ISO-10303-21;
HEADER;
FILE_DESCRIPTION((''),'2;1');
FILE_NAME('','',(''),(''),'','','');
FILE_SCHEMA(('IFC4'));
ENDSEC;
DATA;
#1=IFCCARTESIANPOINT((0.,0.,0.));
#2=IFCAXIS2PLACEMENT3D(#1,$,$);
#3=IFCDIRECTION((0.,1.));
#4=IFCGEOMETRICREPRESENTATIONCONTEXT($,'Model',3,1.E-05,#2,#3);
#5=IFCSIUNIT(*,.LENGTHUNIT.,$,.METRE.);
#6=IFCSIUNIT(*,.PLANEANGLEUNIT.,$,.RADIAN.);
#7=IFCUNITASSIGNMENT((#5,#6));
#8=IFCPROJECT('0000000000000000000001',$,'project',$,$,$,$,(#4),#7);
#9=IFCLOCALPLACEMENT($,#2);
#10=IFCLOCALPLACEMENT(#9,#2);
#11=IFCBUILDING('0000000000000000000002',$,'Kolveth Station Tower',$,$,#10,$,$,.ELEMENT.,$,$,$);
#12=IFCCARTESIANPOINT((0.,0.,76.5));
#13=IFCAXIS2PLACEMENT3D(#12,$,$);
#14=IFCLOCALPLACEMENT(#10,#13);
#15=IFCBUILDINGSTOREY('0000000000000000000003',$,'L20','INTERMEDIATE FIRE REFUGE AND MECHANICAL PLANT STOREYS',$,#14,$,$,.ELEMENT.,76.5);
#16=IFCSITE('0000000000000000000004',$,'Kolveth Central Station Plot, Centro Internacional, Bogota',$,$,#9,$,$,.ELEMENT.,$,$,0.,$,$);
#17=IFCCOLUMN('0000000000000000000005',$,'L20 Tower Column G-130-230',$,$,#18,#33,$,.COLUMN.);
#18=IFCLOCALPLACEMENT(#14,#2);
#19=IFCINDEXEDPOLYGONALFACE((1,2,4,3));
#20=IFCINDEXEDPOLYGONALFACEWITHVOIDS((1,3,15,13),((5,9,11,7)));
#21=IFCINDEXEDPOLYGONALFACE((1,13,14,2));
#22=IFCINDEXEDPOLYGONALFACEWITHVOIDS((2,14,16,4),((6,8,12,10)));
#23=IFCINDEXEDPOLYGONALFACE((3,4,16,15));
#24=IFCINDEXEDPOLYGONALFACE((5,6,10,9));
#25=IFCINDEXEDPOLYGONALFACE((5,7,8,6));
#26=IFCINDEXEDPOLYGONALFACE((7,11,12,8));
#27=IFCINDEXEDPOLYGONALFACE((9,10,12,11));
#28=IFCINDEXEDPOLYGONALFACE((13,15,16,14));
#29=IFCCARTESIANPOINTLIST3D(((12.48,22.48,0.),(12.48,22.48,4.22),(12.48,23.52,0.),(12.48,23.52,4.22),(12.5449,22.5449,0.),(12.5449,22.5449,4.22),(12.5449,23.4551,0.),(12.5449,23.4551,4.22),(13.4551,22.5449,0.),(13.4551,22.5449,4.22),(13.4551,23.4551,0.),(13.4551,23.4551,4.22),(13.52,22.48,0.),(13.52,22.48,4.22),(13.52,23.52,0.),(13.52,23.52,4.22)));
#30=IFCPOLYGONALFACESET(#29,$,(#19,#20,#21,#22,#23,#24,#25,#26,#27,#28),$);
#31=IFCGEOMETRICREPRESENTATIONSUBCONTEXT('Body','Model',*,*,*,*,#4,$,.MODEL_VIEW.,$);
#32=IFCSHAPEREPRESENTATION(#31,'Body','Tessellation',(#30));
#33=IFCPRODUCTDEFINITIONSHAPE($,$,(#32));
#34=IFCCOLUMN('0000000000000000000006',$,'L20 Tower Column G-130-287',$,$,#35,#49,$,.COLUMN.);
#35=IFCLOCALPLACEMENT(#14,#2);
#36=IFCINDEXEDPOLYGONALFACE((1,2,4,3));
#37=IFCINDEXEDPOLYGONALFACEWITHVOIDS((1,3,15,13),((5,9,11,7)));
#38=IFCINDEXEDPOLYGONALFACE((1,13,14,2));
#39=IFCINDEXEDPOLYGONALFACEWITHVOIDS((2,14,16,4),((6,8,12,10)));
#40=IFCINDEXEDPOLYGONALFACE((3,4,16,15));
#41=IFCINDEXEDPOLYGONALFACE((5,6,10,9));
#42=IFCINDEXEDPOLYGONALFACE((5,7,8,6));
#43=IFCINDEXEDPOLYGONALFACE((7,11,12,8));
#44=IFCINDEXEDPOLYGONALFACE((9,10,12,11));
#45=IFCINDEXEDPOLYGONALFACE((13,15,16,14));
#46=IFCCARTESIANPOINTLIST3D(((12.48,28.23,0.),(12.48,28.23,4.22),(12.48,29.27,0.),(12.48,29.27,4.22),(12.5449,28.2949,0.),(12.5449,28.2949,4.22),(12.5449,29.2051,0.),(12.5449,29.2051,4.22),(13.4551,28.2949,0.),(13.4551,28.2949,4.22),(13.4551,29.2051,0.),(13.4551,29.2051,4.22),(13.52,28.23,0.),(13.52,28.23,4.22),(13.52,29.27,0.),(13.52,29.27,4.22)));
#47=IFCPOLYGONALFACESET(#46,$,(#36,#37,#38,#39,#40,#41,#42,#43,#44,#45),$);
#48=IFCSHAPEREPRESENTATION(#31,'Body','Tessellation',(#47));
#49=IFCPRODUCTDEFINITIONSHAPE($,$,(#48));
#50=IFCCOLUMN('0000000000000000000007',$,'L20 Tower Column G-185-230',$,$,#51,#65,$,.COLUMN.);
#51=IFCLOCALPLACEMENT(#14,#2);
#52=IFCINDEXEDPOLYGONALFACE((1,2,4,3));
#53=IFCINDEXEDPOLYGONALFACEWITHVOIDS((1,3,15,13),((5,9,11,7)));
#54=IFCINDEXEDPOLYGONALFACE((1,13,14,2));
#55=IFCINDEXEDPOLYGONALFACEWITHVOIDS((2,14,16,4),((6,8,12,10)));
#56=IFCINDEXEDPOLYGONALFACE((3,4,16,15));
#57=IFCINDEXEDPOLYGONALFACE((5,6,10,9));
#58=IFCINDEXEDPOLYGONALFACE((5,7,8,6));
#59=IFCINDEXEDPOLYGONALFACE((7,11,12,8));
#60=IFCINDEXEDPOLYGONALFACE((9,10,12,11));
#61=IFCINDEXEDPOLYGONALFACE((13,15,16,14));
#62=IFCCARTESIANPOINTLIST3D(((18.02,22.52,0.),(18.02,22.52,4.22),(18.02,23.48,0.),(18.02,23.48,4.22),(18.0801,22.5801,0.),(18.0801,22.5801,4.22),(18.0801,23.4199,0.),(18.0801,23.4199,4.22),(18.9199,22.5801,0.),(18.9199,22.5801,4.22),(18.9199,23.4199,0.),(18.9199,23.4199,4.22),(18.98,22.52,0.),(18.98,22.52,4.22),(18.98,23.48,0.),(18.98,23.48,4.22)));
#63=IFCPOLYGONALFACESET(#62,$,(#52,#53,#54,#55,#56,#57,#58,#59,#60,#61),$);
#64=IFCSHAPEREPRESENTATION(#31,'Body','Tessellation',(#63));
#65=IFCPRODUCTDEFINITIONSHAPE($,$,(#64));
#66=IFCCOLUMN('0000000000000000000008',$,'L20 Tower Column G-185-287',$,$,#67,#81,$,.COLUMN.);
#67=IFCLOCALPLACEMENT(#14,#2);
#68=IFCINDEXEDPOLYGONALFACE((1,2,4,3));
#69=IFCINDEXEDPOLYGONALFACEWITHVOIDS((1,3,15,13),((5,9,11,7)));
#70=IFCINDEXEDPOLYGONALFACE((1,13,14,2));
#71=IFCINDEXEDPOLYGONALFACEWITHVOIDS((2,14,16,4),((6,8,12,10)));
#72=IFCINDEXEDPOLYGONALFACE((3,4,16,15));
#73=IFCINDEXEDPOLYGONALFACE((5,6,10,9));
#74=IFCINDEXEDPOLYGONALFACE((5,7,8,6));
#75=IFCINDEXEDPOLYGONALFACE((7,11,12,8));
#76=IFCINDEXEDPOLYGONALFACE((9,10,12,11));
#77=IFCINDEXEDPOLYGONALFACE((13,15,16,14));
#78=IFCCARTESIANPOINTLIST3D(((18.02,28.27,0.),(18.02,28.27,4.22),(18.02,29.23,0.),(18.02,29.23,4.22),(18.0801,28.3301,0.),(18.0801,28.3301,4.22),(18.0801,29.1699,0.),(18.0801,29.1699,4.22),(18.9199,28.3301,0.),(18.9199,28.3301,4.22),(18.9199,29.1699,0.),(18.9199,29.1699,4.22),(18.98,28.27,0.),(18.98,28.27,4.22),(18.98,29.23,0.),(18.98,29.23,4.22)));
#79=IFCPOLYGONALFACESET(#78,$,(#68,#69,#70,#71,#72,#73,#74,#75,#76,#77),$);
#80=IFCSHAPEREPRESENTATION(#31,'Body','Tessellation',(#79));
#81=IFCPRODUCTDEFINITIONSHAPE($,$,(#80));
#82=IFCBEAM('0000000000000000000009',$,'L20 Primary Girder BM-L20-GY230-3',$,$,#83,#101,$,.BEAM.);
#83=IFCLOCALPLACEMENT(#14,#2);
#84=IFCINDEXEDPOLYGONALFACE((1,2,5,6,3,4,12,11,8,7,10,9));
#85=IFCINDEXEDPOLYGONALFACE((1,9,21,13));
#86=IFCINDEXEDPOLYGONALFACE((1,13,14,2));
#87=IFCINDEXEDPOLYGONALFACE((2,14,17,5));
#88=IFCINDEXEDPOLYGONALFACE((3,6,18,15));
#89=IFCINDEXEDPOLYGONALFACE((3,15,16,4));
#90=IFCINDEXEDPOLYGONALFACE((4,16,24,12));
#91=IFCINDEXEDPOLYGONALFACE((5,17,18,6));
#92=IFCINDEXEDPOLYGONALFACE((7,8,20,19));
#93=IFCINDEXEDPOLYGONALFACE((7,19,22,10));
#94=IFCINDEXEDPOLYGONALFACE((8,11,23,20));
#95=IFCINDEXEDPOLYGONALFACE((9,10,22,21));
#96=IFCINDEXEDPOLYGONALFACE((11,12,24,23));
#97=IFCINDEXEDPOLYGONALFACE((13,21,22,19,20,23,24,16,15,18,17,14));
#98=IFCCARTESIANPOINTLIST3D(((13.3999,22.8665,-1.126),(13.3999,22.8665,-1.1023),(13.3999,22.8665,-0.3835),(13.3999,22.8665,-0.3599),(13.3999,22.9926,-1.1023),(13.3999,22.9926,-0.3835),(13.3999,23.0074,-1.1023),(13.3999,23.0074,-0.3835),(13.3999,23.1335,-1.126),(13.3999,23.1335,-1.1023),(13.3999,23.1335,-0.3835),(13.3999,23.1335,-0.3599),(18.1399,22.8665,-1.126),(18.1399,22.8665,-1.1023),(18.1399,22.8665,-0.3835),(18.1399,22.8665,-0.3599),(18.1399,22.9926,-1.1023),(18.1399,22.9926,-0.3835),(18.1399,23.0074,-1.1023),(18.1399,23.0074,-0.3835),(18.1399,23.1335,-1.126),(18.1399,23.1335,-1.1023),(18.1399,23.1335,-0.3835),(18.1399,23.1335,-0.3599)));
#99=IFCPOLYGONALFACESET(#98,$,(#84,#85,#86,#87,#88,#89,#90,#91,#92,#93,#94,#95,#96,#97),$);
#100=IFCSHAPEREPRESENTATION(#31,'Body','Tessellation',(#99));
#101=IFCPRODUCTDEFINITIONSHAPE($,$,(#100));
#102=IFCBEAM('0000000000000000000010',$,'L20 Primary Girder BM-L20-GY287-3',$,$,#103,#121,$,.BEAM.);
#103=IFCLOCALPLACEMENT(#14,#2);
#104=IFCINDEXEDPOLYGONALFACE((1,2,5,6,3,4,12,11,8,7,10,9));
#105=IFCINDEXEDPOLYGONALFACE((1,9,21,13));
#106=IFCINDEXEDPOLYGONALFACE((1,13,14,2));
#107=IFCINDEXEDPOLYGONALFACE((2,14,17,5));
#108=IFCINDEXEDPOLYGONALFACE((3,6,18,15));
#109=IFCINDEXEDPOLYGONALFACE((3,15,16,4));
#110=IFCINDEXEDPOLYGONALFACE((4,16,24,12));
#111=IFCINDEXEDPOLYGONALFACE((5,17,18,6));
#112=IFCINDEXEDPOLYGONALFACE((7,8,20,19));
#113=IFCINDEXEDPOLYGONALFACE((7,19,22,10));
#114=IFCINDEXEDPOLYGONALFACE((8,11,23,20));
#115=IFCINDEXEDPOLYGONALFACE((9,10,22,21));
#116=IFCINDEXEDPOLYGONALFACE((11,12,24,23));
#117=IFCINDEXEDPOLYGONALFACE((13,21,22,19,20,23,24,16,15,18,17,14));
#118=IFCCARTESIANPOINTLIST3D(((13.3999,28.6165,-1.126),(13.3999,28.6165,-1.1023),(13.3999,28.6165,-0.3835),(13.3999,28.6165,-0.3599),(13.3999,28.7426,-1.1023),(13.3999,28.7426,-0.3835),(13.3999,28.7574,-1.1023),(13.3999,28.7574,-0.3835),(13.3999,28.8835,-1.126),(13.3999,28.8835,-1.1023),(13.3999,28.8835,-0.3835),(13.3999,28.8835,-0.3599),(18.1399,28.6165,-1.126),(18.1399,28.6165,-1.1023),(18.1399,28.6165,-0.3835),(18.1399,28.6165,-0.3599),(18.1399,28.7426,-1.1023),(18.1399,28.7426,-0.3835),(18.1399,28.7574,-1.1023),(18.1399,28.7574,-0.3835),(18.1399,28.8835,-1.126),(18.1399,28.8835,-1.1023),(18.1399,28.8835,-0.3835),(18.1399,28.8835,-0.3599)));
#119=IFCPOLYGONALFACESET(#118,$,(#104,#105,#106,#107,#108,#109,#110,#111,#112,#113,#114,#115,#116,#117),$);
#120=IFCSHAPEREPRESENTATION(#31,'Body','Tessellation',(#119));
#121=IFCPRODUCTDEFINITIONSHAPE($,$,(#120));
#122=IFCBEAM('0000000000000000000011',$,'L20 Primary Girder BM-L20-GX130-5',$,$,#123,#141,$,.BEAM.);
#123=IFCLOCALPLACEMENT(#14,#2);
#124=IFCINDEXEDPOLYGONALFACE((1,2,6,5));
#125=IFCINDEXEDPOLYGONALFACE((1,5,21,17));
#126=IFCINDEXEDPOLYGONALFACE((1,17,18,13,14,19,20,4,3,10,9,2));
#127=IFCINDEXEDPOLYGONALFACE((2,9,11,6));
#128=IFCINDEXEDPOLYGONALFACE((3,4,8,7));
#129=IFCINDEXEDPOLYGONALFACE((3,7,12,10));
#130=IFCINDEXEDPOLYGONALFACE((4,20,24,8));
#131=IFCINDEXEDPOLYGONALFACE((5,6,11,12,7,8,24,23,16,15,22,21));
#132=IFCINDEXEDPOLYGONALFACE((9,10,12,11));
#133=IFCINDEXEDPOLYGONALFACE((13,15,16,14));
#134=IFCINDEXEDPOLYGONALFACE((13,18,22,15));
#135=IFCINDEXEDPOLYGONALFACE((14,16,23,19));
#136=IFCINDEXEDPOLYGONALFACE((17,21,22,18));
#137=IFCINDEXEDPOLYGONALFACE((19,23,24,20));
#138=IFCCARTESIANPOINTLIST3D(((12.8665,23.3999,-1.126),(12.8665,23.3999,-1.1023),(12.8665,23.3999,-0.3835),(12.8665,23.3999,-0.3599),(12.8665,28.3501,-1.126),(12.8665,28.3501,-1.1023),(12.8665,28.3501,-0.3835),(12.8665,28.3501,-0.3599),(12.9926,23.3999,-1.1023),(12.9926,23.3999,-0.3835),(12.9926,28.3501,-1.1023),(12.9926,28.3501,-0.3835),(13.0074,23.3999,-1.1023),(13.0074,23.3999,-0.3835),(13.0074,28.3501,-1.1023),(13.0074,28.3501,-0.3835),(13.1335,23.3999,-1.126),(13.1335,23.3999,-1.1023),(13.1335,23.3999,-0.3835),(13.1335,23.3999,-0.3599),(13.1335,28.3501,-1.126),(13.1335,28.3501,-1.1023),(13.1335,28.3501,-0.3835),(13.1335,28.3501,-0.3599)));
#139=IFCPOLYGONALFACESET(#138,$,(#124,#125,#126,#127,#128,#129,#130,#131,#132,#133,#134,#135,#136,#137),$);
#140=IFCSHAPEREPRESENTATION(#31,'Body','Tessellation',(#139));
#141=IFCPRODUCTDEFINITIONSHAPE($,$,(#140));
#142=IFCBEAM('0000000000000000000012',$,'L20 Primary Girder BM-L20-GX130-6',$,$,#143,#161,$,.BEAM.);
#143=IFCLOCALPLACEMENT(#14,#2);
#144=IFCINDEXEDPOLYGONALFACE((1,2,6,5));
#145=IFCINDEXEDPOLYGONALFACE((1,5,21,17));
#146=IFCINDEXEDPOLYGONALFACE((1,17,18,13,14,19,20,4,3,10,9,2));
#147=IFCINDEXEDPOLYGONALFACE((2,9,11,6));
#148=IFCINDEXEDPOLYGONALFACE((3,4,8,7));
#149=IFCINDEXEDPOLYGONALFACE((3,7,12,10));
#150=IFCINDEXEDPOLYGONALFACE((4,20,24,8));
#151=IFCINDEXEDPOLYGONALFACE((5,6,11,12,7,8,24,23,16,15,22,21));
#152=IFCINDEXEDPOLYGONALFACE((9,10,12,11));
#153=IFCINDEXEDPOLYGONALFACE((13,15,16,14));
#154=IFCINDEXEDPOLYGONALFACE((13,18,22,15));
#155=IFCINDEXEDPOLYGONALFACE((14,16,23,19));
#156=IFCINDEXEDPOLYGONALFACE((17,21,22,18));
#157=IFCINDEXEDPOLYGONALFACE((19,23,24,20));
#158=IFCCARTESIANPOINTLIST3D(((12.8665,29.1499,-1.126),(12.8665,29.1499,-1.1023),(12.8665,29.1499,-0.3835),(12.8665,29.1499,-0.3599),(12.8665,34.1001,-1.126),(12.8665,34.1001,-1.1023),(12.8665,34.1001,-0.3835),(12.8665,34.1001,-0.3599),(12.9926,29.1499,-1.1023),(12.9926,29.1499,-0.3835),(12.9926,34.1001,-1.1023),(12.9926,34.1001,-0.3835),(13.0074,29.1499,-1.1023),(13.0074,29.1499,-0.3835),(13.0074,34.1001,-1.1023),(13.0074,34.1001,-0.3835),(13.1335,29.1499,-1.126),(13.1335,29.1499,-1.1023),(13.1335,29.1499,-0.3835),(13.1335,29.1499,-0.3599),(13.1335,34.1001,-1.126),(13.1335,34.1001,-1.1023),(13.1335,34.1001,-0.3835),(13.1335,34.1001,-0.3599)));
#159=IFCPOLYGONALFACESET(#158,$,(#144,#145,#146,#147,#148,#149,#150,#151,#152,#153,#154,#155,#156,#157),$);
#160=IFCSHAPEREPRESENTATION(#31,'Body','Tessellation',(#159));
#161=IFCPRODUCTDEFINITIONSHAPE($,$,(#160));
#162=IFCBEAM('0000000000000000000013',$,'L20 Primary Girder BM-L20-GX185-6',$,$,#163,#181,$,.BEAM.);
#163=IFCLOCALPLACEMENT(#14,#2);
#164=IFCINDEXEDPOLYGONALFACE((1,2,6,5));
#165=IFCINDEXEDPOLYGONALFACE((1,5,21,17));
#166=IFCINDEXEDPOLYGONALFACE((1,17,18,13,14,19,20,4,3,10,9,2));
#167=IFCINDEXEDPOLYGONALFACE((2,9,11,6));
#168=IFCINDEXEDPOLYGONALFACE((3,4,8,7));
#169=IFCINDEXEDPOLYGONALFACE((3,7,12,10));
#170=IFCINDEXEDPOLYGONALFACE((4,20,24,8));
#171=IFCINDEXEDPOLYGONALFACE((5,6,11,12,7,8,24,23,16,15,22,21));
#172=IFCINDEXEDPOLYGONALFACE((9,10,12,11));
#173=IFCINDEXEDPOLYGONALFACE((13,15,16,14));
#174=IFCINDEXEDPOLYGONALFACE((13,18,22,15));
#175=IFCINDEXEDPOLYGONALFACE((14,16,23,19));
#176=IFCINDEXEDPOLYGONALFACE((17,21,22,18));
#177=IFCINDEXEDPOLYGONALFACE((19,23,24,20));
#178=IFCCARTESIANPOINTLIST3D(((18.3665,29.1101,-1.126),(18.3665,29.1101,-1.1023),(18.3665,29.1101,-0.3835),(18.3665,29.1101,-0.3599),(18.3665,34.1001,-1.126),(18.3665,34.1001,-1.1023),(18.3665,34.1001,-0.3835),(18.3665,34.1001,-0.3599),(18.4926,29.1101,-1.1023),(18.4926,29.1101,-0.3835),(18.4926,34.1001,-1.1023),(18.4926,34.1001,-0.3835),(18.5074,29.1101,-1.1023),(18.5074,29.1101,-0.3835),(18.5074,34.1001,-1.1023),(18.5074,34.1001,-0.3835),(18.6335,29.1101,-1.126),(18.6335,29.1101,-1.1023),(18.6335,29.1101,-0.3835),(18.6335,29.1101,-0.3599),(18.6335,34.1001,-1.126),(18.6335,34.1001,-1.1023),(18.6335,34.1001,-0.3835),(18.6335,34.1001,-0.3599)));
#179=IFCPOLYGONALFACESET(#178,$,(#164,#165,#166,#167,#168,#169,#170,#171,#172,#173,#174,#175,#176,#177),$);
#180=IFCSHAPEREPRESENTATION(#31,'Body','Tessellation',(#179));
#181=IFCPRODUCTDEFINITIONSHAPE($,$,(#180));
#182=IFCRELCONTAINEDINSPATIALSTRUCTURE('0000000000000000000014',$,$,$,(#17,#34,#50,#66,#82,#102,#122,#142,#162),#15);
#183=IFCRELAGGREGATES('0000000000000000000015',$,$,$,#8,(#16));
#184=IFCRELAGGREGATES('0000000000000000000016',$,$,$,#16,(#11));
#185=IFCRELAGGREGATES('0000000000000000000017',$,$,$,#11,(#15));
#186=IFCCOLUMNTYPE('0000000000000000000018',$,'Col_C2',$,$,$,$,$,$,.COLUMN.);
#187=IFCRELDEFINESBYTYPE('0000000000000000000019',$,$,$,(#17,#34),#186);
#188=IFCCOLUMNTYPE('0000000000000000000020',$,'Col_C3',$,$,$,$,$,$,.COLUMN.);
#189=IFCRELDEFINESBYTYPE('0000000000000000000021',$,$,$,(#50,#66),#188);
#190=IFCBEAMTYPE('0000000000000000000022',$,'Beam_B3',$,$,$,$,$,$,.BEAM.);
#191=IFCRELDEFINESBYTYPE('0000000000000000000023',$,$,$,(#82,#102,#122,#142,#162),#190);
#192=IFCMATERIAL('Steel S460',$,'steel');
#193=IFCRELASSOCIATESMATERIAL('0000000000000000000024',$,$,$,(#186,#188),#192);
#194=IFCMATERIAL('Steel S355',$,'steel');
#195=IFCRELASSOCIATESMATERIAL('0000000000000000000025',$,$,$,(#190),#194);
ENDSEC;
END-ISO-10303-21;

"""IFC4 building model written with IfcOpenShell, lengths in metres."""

from ifc_helpers import new_model, si_unit, direction, frame, origin, origin_2d, place, context, subcontext, project, spatial, hollow_rectangle, i_section, extrude, source, transform, mapped, material, material_profile, profile_set, type_object, element, save


model = new_model("IFC4")

# Units and contexts
model_context = context("Model", 3, precision=1e-05, world=origin(), true_north=direction((0.0, 1.0)))
body_context = subcontext(model_context, "Body", "Model", "MODEL_VIEW")
ifc_project = project(units=[si_unit("LENGTHUNIT", "METRE"), si_unit("PLANEANGLEUNIT", "RADIAN")], contexts=[model_context])

# Site, building, storey
site_placement = place(None, origin())
site = spatial("IfcSite", under=ifc_project, at=site_placement, Name="Kolveth Central Station Plot, Centro Internacional, Bogota", CompositionType="ELEMENT", RefElevation=0.0)
building_placement = place(site_placement, origin())
building = spatial("IfcBuilding", under=site, at=building_placement, Name="Kolveth Station Tower", CompositionType="ELEMENT")
storey_placement = place(building_placement, frame((0.0, 0.0, 76.5)))
storey = spatial("IfcBuildingStorey", under=building, at=storey_placement, Name="L20", Description="INTERMEDIATE FIRE REFUGE AND MECHANICAL PLANT STOREYS", CompositionType="ELEMENT", Elevation=76.5)

# Columns
ifc_material_1 = material(Name="Steel S460", Category="steel")
ifc_material_profile_1 = material_profile(ifc_material_1, hollow_rectangle(XDim=1.04, YDim=1.04, WallThickness=0.0649, at=origin_2d()), Name="BOX1040x1040x65")
ifc_profile_set_1 = profile_set([ifc_material_profile_1], Name="Steel S460")
column_type_1 = type_object("IfcColumnType", Name="Col_C2", PredefinedType="COLUMN", material=ifc_profile_set_1)
shared_shape_1 = source(origin(), body_context, "Body", "SweptSolid", [
    extrude(hollow_rectangle(XDim=1.04, YDim=1.04, WallThickness=0.0649, at=origin_2d()), origin(), (0.0, 0.0, 1.0), 4.22),
])
for number, where, z_axis, x_axis, name in (
    (1, (13.0, 23.0, 0.0), (0.0, 0.0, 1.0), (1.0, 0.0, 0.0), "L20 Tower Column G-130-230"),
    (2, (13.0, 28.75, 0.0), (0.0, 0.0, 1.0), (1.0, 0.0, 0.0), "L20 Tower Column G-130-287"),
):
    element("IfcColumn", number, at=place(storey_placement, frame(where, z_axis=z_axis, x_axis=x_axis)), inside=storey, type_object=column_type_1, Name=name, PredefinedType="COLUMN", context=body_context, shape_type="MappedRepresentation", body=[
        mapped(shared_shape_1, transform((0.0, 0.0, 0.0), x_axis=(1.0, 0.0, 0.0), y_axis=(0.0, 1.0, 0.0), z_axis=(0.0, 0.0, 1.0), scale=1.0)),
    ])
ifc_material_profile_2 = material_profile(ifc_material_1, hollow_rectangle(XDim=0.96, YDim=0.96, WallThickness=0.0601, at=origin_2d()), Name="BOX960x960x60")
ifc_profile_set_2 = profile_set([ifc_material_profile_2], Name="Steel S460")
column_type_2 = type_object("IfcColumnType", Name="Col_C3", PredefinedType="COLUMN", material=ifc_profile_set_2)
shared_shape_2 = source(origin(), body_context, "Body", "SweptSolid", [
    extrude(hollow_rectangle(XDim=0.96, YDim=0.96, WallThickness=0.0601, at=origin_2d()), origin(), (0.0, 0.0, 1.0), 4.22),
])
for number, where, z_axis, x_axis, name in (
    (3, (18.5, 23.0, 0.0), (0.0, 0.0, 1.0), (1.0, 0.0, 0.0), "L20 Tower Column G-185-230"),
    (4, (18.5, 28.75, 0.0), (0.0, 0.0, 1.0), (1.0, 0.0, 0.0), "L20 Tower Column G-185-287"),
):
    element("IfcColumn", number, at=place(storey_placement, frame(where, z_axis=z_axis, x_axis=x_axis)), inside=storey, type_object=column_type_2, Name=name, PredefinedType="COLUMN", context=body_context, shape_type="MappedRepresentation", body=[
        mapped(shared_shape_2, transform((0.0, 0.0, 0.0), x_axis=(1.0, 0.0, 0.0), y_axis=(0.0, 1.0, 0.0), z_axis=(0.0, 0.0, 1.0), scale=1.0)),
    ])

# Beams
ifc_material_2 = material(Name="Steel S355", Category="steel")
ifc_material_profile_3 = material_profile(ifc_material_2, i_section(OverallWidth=0.2671, OverallDepth=0.7661, WebThickness=0.0149, FlangeThickness=0.0237, at=origin_2d()), Name="W760x185")
ifc_profile_set_3 = profile_set([ifc_material_profile_3], Name="Steel S355")
beam_type_1 = type_object("IfcBeamType", Name="Beam_B3", PredefinedType="BEAM", material=ifc_profile_set_3)
shared_shape_3 = source(origin(), body_context, "Body", "SweptSolid", [
    extrude(i_section(OverallWidth=0.2671, OverallDepth=0.7661, WebThickness=0.0149, FlangeThickness=0.0237, at=origin_2d()), origin(), (0.0, 0.0, 1.0), 4.74),
])
for number, where, z_axis, x_axis, name in (
    (5, (13.3999, 23.0, -0.7429), (1.0, 0.0, 0.0), (0.0, 1.0, 0.0), "L20 Primary Girder BM-L20-GY230-3"),
    (6, (13.3999, 28.75, -0.7429), (1.0, 0.0, 0.0), (0.0, 1.0, 0.0), "L20 Primary Girder BM-L20-GY287-3"),
):
    element("IfcBeam", number, at=place(storey_placement, frame(where, z_axis=z_axis, x_axis=x_axis)), inside=storey, type_object=beam_type_1, Name=name, PredefinedType="BEAM", context=body_context, shape_type="MappedRepresentation", body=[
        mapped(shared_shape_3, transform((0.0, 0.0, 0.0), x_axis=(1.0, 0.0, 0.0), y_axis=(0.0, 1.0, 0.0), z_axis=(0.0, 0.0, 1.0), scale=1.0)),
    ])
shared_shape_4 = source(origin(), body_context, "Body", "SweptSolid", [
    extrude(i_section(OverallWidth=0.2671, OverallDepth=0.7661, WebThickness=0.0149, FlangeThickness=0.0237, at=origin_2d()), origin(), (0.0, 0.0, 1.0), 4.9502),
])
for number, where, z_axis, x_axis, name in (
    (7, (13.0, 23.3999, -0.7429), (0.0, 1.0, 0.0), (-1.0, 0.0, 0.0), "L20 Primary Girder BM-L20-GX130-5"),
    (8, (13.0, 29.1499, -0.7429), (0.0, 1.0, 0.0), (-1.0, 0.0, 0.0), "L20 Primary Girder BM-L20-GX130-6"),
):
    element("IfcBeam", number, at=place(storey_placement, frame(where, z_axis=z_axis, x_axis=x_axis)), inside=storey, type_object=beam_type_1, Name=name, PredefinedType="BEAM", context=body_context, shape_type="MappedRepresentation", body=[
        mapped(shared_shape_4, transform((0.0, 0.0, 0.0), x_axis=(1.0, 0.0, 0.0), y_axis=(0.0, 1.0, 0.0), z_axis=(0.0, 0.0, 1.0), scale=1.0)),
    ])
shared_shape_5 = source(origin(), body_context, "Body", "SweptSolid", [
    extrude(i_section(OverallWidth=0.2671, OverallDepth=0.7661, WebThickness=0.0149, FlangeThickness=0.0237, at=origin_2d()), origin(), (0.0, 0.0, 1.0), 4.99),
])
beam_placement = place(storey_placement, frame((18.5, 29.1101, -0.7429), z_axis=(0.0, 1.0, 0.0), x_axis=(-1.0, 0.0, 0.0)))
element("IfcBeam", 9, at=beam_placement, inside=storey, type_object=beam_type_1, Name="L20 Primary Girder BM-L20-GX185-6", PredefinedType="BEAM", context=body_context, shape_type="MappedRepresentation", body=[
    mapped(shared_shape_5, transform((0.0, 0.0, 0.0), x_axis=(1.0, 0.0, 0.0), y_axis=(0.0, 1.0, 0.0), z_axis=(0.0, 0.0, 1.0), scale=1.0)),
])

save(model, "model.ifc")
